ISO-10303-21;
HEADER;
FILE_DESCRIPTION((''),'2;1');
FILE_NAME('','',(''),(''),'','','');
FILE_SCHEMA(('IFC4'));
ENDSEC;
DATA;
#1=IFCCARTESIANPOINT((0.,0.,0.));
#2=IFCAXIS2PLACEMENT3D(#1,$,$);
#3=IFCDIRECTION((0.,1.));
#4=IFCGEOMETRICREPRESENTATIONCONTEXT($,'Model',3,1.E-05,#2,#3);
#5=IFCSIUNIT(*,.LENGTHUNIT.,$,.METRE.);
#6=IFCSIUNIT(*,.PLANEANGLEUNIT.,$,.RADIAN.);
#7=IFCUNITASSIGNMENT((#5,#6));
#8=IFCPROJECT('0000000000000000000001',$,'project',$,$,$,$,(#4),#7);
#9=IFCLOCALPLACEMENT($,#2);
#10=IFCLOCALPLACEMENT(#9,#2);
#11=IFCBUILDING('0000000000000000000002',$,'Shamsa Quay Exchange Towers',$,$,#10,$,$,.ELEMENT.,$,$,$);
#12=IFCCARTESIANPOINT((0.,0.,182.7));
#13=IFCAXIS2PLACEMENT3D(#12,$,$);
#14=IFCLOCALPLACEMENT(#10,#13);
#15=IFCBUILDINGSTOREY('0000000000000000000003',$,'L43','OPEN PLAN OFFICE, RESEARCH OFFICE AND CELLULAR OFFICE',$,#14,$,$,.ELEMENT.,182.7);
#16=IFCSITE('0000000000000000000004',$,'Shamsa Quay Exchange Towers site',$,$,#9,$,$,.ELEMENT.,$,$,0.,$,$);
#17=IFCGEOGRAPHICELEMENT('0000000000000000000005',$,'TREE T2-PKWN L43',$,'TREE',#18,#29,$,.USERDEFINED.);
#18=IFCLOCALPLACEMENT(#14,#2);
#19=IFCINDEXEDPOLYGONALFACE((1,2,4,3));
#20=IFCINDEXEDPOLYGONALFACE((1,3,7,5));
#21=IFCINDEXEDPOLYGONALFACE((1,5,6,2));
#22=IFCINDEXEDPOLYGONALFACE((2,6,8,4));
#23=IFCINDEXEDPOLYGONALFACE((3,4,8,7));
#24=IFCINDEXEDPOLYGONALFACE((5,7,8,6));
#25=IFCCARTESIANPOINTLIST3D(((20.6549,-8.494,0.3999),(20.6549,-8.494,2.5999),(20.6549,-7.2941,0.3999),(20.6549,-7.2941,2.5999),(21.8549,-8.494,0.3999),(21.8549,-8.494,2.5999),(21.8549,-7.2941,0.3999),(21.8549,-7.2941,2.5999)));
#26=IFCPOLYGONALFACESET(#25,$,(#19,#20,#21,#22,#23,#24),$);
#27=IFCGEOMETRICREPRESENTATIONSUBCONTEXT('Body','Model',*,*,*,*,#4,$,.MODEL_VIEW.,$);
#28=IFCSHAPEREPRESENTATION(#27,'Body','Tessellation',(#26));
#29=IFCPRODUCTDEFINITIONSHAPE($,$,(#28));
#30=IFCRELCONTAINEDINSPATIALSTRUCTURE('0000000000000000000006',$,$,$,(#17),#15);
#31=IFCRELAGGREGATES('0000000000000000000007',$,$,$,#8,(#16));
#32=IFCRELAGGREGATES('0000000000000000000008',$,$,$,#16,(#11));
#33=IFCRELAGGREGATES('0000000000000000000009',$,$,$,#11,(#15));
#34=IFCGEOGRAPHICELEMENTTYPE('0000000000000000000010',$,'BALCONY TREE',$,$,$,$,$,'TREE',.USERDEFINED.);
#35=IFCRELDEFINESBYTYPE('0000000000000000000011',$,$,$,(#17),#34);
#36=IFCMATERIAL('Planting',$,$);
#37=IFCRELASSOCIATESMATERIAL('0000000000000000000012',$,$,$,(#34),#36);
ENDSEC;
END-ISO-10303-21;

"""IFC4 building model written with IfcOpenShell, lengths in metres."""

from ifc_helpers import new_model, si_unit, direction, frame, origin, origin_2d, place, context, subcontext, project, spatial, rectangle, extrude, material, type_object, element, save


model = new_model("IFC4")

# Units and contexts
model_context = context("Model", 3, precision=1e-05, world=origin(), true_north=direction((0.0, 1.0)))
body_context = subcontext(model_context, "Body", "Model", "MODEL_VIEW")
ifc_project = project(units=[si_unit("LENGTHUNIT", "METRE"), si_unit("PLANEANGLEUNIT", "RADIAN")], contexts=[model_context])

# Site, building, storey
site_placement = place(None, origin())
site = spatial("IfcSite", under=ifc_project, at=site_placement, Name="Shamsa Quay Exchange Towers site", CompositionType="ELEMENT", RefElevation=0.0)
building_placement = place(site_placement, origin())
building = spatial("IfcBuilding", under=site, at=building_placement, Name="Shamsa Quay Exchange Towers", CompositionType="ELEMENT")
storey_placement = place(building_placement, frame((0.0, 0.0, 182.7)))
storey = spatial("IfcBuildingStorey", under=building, at=storey_placement, Name="L43", Description="OPEN PLAN OFFICE, RESEARCH OFFICE AND CELLULAR OFFICE", CompositionType="ELEMENT", Elevation=182.7)

# Geographic element
ifc_material_1 = material(Name="Planting")
geographic_element_type = type_object("IfcGeographicElementType", Name="BALCONY TREE", ElementType="TREE", PredefinedType="USERDEFINED", material=ifc_material_1)
geographic_element_placement = place(storey_placement, frame((21.2549, -7.894, 0.3999), z_axis=(0.0, 0.0, 1.0), x_axis=(0.0, -1.0, 0.0)))
element("IfcGeographicElement", 1, at=geographic_element_placement, inside=storey, type_object=geographic_element_type, Name="TREE T2-PKWN L43", ObjectType="TREE", PredefinedType="USERDEFINED", context=body_context, shape_type="SweptSolid", body=[
    extrude(rectangle(XDim=1.2, YDim=1.2, at=origin_2d()), origin(), (0.0, 0.0, 1.0), 2.2),
])

save(model, "model.ifc")
